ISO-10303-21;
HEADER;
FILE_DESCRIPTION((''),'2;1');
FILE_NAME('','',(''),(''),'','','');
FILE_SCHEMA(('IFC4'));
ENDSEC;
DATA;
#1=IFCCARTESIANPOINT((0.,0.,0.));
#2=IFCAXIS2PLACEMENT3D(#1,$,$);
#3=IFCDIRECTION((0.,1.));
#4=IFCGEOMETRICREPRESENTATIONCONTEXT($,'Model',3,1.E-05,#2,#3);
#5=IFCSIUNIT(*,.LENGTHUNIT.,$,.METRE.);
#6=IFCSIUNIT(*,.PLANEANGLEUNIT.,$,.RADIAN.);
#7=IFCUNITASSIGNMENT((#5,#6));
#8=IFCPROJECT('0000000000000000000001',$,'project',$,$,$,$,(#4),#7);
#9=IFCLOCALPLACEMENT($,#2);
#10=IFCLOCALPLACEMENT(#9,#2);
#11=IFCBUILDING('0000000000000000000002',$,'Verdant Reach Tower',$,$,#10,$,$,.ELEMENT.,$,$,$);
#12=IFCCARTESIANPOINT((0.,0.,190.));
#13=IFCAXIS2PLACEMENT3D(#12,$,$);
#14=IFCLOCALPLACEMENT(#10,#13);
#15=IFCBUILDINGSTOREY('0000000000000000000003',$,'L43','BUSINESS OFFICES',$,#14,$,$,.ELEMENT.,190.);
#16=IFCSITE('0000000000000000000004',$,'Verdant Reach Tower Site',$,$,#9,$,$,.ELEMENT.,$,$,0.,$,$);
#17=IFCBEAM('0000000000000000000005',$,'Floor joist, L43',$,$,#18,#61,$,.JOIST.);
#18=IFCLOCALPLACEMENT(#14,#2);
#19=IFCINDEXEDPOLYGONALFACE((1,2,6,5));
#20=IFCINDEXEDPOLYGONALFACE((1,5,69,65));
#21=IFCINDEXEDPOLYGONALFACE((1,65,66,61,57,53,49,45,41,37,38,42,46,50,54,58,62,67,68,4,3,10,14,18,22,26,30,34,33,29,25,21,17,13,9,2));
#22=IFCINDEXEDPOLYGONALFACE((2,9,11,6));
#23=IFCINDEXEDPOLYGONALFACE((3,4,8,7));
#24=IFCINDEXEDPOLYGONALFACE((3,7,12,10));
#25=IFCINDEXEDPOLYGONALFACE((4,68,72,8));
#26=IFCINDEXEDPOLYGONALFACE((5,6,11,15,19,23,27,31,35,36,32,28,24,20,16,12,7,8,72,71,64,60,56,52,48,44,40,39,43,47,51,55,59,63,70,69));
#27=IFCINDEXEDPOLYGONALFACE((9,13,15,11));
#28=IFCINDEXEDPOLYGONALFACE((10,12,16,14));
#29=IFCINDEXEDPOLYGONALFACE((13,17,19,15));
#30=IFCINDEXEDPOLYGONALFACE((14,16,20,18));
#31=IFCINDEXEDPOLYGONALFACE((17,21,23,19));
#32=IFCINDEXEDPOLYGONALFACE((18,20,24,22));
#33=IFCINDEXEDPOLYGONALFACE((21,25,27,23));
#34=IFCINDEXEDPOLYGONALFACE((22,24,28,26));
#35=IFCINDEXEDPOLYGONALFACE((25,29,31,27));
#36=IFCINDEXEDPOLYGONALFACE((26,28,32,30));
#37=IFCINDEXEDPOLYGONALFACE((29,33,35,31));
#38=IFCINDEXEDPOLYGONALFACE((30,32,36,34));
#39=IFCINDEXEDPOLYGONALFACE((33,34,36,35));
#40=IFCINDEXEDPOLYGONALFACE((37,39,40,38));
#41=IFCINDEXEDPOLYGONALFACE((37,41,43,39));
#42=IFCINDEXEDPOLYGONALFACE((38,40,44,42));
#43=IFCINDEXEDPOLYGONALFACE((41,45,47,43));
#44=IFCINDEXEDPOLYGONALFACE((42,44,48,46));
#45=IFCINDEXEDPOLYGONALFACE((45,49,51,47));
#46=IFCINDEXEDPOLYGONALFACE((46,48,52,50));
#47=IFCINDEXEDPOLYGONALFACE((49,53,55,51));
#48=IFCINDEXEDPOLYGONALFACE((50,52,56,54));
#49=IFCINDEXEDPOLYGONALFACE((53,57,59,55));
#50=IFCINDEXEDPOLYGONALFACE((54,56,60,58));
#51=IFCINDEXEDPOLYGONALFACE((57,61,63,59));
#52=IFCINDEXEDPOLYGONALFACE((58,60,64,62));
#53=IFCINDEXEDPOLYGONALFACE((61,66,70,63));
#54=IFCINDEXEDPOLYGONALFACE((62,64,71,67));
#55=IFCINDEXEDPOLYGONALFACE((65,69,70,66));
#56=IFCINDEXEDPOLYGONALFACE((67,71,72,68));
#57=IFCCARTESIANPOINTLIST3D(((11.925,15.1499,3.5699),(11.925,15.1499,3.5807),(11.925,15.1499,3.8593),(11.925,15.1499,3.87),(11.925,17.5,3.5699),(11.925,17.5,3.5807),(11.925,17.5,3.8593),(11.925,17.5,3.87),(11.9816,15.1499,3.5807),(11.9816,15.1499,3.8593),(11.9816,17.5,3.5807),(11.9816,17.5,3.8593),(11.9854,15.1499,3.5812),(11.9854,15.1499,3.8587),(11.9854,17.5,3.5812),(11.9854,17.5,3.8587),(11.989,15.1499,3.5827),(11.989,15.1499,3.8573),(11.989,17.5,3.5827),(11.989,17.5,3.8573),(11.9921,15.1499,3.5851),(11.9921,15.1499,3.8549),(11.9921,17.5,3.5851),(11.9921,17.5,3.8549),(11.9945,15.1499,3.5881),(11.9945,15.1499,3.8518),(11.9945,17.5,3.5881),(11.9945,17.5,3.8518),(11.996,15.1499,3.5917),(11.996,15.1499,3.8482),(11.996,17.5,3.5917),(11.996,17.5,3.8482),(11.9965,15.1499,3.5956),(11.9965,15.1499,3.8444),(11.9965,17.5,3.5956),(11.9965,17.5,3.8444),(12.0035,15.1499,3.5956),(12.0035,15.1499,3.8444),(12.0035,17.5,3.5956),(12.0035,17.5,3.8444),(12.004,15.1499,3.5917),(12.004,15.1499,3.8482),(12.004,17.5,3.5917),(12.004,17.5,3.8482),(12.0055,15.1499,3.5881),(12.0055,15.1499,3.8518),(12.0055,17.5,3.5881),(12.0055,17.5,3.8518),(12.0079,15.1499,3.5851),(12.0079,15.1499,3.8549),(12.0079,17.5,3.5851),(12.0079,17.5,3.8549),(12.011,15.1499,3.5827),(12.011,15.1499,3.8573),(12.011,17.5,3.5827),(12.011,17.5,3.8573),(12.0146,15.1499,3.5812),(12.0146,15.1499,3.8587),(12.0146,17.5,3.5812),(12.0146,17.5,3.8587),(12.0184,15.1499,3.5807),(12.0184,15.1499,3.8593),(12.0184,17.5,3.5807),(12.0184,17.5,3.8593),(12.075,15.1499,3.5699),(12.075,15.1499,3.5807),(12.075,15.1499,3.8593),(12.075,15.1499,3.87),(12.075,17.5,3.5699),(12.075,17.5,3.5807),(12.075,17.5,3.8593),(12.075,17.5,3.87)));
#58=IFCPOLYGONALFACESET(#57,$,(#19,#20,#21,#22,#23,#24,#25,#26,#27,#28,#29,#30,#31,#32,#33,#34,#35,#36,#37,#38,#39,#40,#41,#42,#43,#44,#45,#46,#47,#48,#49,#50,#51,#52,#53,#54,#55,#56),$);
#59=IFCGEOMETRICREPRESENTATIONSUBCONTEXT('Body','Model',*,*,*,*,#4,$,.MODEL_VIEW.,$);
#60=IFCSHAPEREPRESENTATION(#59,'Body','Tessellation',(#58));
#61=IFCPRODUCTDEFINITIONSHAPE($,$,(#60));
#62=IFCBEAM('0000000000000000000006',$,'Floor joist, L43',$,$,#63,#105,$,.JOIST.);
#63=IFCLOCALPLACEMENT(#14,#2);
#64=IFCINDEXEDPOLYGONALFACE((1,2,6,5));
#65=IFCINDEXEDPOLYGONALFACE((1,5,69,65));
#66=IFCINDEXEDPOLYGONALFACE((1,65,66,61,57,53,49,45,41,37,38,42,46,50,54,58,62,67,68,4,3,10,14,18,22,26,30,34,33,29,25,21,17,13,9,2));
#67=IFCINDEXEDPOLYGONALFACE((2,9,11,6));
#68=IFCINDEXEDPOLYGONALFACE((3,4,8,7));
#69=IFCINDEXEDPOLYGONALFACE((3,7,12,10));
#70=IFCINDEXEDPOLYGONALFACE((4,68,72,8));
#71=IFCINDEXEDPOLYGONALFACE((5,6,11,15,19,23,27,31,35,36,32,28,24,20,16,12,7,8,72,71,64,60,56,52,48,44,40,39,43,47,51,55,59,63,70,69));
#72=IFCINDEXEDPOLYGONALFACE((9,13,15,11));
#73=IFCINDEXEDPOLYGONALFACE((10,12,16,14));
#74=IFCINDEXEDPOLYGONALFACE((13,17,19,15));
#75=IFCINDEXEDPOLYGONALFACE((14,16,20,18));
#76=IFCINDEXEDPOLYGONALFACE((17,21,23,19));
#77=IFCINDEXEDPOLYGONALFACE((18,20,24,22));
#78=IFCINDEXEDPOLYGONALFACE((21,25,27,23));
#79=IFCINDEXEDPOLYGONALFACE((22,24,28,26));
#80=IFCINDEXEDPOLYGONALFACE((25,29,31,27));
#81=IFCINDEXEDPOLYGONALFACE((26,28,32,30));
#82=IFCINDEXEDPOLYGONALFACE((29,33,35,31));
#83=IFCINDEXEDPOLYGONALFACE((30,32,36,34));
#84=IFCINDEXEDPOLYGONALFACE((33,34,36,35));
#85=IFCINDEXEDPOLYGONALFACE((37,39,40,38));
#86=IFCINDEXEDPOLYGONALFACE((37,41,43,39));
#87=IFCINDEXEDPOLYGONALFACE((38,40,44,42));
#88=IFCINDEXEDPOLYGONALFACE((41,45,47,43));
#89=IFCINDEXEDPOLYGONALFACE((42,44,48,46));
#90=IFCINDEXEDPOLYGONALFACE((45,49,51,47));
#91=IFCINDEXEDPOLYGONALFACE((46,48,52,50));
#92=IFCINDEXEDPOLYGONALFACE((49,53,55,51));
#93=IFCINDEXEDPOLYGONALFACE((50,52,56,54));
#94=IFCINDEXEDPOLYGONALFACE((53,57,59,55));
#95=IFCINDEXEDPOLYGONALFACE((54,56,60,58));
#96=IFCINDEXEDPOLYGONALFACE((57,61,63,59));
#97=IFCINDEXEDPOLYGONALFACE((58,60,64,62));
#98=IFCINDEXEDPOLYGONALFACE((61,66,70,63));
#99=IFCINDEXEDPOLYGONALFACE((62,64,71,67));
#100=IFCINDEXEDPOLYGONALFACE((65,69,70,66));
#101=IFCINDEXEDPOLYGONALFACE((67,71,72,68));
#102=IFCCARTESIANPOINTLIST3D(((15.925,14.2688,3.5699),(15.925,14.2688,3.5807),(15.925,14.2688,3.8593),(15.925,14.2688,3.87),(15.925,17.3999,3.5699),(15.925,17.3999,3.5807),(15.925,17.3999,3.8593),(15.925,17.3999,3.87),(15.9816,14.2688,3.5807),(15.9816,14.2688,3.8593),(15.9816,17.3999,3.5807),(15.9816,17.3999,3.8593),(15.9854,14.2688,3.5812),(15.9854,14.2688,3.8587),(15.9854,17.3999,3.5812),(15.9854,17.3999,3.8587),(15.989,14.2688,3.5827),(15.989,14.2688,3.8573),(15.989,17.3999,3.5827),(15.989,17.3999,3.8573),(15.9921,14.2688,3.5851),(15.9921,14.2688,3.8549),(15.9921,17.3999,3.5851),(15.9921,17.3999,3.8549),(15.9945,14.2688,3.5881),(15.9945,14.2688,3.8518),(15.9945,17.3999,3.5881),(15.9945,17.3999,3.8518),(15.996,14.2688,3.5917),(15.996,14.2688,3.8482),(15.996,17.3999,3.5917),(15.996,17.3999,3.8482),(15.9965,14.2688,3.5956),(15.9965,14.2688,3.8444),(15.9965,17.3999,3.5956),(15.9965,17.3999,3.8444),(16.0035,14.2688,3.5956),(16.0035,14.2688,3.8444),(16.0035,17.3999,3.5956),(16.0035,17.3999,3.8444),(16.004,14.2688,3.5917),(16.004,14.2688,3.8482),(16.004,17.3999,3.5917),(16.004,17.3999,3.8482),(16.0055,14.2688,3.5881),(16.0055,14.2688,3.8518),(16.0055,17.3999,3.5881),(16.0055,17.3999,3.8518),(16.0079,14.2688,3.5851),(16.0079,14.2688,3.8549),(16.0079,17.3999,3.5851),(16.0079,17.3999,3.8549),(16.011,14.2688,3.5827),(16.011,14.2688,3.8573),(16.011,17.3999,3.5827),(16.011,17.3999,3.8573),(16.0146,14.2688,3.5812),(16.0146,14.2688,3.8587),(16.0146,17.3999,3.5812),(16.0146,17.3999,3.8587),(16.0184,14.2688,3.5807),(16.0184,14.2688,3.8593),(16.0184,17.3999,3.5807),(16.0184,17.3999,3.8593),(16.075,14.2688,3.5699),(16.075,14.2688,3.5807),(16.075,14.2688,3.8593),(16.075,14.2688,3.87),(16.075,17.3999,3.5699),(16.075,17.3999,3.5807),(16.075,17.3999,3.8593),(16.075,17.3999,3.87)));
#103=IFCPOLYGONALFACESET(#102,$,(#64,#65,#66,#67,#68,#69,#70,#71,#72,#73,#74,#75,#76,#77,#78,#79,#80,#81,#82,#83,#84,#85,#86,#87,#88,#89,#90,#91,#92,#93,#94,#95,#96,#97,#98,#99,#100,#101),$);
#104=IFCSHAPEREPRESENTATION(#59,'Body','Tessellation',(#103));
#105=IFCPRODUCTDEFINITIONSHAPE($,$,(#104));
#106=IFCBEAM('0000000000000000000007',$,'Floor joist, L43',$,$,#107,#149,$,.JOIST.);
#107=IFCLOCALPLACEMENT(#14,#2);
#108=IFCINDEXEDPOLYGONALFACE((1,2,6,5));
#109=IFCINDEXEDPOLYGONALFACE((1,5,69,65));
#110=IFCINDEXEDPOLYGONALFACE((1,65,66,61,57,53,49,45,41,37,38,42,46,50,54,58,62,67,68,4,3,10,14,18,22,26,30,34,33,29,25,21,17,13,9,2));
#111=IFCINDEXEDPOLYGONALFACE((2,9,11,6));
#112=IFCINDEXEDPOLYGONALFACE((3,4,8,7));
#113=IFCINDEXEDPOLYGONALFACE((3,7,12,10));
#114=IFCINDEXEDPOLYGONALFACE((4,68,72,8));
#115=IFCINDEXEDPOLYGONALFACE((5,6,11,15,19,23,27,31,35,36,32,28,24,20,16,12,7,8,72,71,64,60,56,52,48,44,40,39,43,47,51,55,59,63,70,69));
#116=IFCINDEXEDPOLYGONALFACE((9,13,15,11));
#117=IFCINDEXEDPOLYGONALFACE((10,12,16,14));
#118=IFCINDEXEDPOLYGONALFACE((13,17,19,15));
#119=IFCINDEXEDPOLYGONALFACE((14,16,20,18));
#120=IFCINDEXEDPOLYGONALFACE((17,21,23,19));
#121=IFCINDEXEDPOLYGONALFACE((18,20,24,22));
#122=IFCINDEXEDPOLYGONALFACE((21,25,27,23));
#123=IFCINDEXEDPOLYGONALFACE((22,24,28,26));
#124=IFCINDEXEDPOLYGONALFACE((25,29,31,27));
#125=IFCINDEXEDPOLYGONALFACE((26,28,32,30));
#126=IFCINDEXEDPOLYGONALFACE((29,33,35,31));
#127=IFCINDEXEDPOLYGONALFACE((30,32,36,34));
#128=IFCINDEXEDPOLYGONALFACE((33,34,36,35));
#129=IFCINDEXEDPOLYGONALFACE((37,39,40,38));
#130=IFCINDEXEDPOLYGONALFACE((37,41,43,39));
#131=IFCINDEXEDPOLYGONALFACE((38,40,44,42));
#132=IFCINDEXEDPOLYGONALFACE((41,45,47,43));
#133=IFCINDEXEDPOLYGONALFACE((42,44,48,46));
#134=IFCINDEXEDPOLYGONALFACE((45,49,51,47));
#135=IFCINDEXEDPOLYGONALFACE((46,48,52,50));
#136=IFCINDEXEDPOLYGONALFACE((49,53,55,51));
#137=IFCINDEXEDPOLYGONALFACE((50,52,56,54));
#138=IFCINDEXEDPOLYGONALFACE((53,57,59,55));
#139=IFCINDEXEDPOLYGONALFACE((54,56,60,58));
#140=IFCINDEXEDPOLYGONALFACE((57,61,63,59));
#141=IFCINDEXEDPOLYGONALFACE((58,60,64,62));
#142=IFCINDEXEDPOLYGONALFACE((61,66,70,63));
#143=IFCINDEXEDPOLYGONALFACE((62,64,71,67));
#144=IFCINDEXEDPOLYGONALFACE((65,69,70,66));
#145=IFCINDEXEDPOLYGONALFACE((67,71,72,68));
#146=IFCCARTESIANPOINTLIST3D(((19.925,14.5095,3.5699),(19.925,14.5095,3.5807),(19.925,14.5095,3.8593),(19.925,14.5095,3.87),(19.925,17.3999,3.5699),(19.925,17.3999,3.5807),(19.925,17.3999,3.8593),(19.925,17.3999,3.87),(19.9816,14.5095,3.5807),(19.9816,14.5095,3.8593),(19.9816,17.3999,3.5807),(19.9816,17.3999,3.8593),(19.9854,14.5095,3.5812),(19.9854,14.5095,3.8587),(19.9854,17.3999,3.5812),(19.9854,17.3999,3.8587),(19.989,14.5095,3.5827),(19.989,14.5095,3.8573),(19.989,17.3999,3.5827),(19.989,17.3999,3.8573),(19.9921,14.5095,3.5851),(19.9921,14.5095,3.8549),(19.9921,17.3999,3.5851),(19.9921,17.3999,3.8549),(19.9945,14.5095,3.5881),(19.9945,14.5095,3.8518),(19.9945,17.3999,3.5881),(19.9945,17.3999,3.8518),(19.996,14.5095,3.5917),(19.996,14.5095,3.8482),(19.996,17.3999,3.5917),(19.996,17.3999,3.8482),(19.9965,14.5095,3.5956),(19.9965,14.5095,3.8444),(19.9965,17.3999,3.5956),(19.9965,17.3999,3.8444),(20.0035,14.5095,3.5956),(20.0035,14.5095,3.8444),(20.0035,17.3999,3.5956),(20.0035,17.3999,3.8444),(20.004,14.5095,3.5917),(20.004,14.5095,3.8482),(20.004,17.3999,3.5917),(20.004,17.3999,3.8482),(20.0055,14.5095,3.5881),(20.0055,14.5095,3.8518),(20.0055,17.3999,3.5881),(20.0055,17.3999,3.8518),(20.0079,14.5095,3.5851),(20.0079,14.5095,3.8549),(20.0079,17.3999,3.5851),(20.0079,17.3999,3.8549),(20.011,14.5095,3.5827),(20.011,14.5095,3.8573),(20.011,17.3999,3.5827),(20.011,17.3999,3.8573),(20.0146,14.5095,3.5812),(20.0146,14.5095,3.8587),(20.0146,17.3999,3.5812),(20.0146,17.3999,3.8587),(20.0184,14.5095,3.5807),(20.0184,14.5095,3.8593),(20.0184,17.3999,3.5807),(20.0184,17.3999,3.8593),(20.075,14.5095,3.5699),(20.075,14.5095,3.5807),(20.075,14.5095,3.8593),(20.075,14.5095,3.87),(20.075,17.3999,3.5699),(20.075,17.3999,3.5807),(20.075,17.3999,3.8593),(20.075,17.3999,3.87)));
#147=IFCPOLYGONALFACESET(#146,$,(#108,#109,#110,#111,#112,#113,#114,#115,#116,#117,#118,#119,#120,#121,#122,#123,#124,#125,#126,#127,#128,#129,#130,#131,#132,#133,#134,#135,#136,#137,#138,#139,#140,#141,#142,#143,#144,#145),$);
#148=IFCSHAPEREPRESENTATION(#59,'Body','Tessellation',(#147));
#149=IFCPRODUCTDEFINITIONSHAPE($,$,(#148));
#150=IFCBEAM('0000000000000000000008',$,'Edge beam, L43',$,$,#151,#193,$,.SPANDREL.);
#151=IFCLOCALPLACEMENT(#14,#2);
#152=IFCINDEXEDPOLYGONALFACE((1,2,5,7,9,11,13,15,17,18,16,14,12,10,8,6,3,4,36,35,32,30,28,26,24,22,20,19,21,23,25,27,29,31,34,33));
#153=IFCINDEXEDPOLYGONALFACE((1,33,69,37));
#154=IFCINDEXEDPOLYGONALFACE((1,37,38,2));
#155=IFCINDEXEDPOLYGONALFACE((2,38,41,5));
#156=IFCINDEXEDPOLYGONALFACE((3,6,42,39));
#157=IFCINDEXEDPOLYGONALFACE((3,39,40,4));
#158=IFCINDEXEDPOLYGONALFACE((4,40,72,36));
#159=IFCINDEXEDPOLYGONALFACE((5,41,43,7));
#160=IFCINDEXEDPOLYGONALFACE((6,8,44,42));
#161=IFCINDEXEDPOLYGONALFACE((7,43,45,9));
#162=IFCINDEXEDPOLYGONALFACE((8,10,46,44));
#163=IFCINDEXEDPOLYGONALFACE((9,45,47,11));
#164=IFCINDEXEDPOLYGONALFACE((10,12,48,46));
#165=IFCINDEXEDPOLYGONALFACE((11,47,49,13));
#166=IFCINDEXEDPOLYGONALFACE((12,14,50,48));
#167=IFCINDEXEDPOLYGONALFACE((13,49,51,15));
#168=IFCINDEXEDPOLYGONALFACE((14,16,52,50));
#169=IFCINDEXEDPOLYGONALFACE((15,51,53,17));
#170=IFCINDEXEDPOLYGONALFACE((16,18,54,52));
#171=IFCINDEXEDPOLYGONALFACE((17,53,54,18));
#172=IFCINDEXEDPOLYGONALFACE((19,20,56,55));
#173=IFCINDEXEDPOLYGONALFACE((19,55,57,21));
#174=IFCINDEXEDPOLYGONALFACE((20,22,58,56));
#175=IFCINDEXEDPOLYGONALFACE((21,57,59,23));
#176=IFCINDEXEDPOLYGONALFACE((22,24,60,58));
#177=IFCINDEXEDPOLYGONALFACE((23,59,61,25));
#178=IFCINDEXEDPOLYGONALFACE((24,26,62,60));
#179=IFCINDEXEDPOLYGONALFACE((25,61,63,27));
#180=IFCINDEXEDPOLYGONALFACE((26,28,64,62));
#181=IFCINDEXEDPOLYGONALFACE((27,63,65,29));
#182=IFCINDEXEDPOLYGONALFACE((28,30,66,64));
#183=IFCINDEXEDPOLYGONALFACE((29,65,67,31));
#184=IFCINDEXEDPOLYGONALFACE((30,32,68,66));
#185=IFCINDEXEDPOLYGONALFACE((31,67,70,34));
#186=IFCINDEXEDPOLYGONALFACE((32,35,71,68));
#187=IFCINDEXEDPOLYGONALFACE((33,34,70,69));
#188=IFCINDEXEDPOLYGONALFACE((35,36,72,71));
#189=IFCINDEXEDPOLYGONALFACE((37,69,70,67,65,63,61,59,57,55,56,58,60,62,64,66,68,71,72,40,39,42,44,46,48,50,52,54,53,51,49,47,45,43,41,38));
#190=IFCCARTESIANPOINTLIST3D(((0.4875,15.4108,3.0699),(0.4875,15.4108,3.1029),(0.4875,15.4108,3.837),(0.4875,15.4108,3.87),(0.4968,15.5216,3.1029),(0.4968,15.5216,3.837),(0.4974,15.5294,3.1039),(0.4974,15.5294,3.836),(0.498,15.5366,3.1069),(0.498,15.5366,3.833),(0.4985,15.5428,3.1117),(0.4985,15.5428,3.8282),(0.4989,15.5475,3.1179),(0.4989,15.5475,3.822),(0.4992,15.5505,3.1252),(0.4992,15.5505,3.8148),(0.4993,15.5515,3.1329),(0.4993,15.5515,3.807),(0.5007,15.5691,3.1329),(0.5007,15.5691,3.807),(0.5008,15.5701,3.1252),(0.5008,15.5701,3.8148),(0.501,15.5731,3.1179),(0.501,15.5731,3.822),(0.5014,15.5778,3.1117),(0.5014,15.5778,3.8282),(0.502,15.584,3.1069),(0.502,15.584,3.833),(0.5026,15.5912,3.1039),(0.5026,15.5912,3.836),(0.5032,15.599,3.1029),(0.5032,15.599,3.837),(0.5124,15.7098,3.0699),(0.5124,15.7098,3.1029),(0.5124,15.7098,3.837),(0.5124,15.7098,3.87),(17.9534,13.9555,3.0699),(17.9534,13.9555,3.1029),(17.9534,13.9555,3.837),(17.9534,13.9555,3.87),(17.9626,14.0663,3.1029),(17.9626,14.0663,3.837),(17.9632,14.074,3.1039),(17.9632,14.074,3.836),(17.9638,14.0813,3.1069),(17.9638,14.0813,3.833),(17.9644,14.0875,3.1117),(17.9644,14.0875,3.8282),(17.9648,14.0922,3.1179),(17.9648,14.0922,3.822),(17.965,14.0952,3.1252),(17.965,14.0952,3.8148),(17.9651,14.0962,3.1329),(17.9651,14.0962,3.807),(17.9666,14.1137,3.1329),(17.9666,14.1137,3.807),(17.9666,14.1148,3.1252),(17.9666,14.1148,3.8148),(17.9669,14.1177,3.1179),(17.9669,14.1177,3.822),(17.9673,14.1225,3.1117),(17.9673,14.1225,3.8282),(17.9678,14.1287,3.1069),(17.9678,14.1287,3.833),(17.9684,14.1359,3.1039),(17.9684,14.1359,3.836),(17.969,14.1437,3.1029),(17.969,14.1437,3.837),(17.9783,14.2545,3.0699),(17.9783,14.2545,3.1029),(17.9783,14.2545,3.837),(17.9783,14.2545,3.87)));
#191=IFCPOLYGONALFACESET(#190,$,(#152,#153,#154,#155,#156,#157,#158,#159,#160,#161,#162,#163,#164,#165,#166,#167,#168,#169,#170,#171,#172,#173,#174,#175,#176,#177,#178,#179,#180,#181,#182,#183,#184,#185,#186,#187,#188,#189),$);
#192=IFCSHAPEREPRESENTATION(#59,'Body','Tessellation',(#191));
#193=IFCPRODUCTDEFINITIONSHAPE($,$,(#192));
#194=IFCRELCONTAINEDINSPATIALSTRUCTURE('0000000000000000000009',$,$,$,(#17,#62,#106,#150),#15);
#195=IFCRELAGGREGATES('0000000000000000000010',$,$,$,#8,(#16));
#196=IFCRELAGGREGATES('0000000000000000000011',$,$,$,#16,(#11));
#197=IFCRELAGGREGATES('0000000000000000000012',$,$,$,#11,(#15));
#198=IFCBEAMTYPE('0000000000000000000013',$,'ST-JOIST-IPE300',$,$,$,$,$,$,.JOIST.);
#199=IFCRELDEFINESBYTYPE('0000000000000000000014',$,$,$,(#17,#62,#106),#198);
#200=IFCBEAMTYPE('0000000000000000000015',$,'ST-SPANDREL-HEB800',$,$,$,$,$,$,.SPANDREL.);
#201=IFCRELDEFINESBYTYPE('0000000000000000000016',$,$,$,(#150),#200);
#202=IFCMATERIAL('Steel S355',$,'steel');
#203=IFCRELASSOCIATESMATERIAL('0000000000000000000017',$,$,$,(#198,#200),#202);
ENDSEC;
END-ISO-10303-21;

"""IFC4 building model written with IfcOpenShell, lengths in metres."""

from ifc_helpers import new_model, si_unit, direction, frame, origin, origin_2d, place, context, subcontext, project, spatial, i_section, extrude, material, material_profile, profile_set, type_object, element, save


model = new_model("IFC4")

# Units and contexts
model_context = context("Model", 3, precision=1e-05, world=origin(), true_north=direction((0.0, 1.0)))
body_context = subcontext(model_context, "Body", "Model", "MODEL_VIEW")
ifc_project = project(units=[si_unit("LENGTHUNIT", "METRE"), si_unit("PLANEANGLEUNIT", "RADIAN")], contexts=[model_context])

# Site, building, storey
site_placement = place(None, origin())
site = spatial("IfcSite", under=ifc_project, at=site_placement, Name="Verdant Reach Tower Site", CompositionType="ELEMENT", RefElevation=0.0)
building_placement = place(site_placement, origin())
building = spatial("IfcBuilding", under=site, at=building_placement, Name="Verdant Reach Tower", CompositionType="ELEMENT")
storey_placement = place(building_placement, frame((0.0, 0.0, 190.0)))
storey = spatial("IfcBuildingStorey", under=building, at=storey_placement, Name="L43", Description="BUSINESS OFFICES", CompositionType="ELEMENT", Elevation=190.0)

# Beams
ifc_material_1 = material(Name="Steel S355", Category="steel")
ifc_material_profile_1 = material_profile(ifc_material_1, i_section(OverallWidth=0.1499, OverallDepth=0.3, WebThickness=0.0071, FlangeThickness=0.0107, FilletRadius=0.0149, at=origin_2d()), Name="IPE 300")
ifc_profile_set_1 = profile_set([ifc_material_profile_1], Name="Steel S355")
beam_type_1 = type_object("IfcBeamType", Name="ST-JOIST-IPE300", PredefinedType="JOIST", material=ifc_profile_set_1)
beam_1_placement = place(storey_placement, frame((12.0, 17.5, 3.72), z_axis=(0.0, -1.0, 0.0), x_axis=(1.0, 0.0, 0.0)))
element("IfcBeam", 1, at=beam_1_placement, inside=storey, type_object=beam_type_1, Name="Floor joist, L43", PredefinedType="JOIST", context=body_context, shape_type="SweptSolid", body=[
    extrude(i_section(OverallWidth=0.1499, OverallDepth=0.3, WebThickness=0.0071, FlangeThickness=0.0107, FilletRadius=0.0149, at=origin_2d()), origin(), (0.0, 0.0, 1.0), 2.3501),
])
beam_2_placement = place(storey_placement, frame((16.0, 17.3999, 3.72), z_axis=(0.0, -1.0, 0.0), x_axis=(1.0, 0.0, 0.0)))
element("IfcBeam", 2, at=beam_2_placement, inside=storey, type_object=beam_type_1, Name="Floor joist, L43", PredefinedType="JOIST", context=body_context, shape_type="SweptSolid", body=[
    extrude(i_section(OverallWidth=0.1499, OverallDepth=0.3, WebThickness=0.0071, FlangeThickness=0.0107, FilletRadius=0.0149, at=origin_2d()), origin(), (0.0, 0.0, 1.0), 3.1311),
])
beam_3_placement = place(storey_placement, frame((20.0, 17.3999, 3.72), z_axis=(0.0, -1.0, 0.0), x_axis=(1.0, 0.0, 0.0)))
element("IfcBeam", 3, at=beam_3_placement, inside=storey, type_object=beam_type_1, Name="Floor joist, L43", PredefinedType="JOIST", context=body_context, shape_type="SweptSolid", body=[
    extrude(i_section(OverallWidth=0.1499, OverallDepth=0.3, WebThickness=0.0071, FlangeThickness=0.0107, FilletRadius=0.0149, at=origin_2d()), origin(), (0.0, 0.0, 1.0), 2.8904),
])
ifc_material_profile_2 = material_profile(ifc_material_1, i_section(OverallWidth=0.3, OverallDepth=0.8, WebThickness=0.0176, FlangeThickness=0.033, FilletRadius=0.03, at=origin_2d()), Name="HEB 800")
ifc_profile_set_2 = profile_set([ifc_material_profile_2], Name="Steel S355")
beam_type_2 = type_object("IfcBeamType", Name="ST-SPANDREL-HEB800", PredefinedType="SPANDREL", material=ifc_profile_set_2)
for number, where, z_axis, x_axis, name in (
    (4, (17.9658, 14.105, 3.47), (-0.996547, 0.083036, 0.0), (-0.083036, -0.996547, 0.0), "Edge beam, L43"),
):
    element("IfcBeam", number, at=place(storey_placement, frame(where, z_axis=z_axis, x_axis=x_axis)), inside=storey, type_object=beam_type_2, Name=name, PredefinedType="SPANDREL", context=body_context, shape_type="SweptSolid", body=[
        extrude(i_section(OverallWidth=0.3, OverallDepth=0.8, WebThickness=0.0176, FlangeThickness=0.033, FilletRadius=0.03, at=origin_2d()), origin(), (0.0, 0.0, 1.0), 17.5264),
    ])

save(model, "model.ifc")
